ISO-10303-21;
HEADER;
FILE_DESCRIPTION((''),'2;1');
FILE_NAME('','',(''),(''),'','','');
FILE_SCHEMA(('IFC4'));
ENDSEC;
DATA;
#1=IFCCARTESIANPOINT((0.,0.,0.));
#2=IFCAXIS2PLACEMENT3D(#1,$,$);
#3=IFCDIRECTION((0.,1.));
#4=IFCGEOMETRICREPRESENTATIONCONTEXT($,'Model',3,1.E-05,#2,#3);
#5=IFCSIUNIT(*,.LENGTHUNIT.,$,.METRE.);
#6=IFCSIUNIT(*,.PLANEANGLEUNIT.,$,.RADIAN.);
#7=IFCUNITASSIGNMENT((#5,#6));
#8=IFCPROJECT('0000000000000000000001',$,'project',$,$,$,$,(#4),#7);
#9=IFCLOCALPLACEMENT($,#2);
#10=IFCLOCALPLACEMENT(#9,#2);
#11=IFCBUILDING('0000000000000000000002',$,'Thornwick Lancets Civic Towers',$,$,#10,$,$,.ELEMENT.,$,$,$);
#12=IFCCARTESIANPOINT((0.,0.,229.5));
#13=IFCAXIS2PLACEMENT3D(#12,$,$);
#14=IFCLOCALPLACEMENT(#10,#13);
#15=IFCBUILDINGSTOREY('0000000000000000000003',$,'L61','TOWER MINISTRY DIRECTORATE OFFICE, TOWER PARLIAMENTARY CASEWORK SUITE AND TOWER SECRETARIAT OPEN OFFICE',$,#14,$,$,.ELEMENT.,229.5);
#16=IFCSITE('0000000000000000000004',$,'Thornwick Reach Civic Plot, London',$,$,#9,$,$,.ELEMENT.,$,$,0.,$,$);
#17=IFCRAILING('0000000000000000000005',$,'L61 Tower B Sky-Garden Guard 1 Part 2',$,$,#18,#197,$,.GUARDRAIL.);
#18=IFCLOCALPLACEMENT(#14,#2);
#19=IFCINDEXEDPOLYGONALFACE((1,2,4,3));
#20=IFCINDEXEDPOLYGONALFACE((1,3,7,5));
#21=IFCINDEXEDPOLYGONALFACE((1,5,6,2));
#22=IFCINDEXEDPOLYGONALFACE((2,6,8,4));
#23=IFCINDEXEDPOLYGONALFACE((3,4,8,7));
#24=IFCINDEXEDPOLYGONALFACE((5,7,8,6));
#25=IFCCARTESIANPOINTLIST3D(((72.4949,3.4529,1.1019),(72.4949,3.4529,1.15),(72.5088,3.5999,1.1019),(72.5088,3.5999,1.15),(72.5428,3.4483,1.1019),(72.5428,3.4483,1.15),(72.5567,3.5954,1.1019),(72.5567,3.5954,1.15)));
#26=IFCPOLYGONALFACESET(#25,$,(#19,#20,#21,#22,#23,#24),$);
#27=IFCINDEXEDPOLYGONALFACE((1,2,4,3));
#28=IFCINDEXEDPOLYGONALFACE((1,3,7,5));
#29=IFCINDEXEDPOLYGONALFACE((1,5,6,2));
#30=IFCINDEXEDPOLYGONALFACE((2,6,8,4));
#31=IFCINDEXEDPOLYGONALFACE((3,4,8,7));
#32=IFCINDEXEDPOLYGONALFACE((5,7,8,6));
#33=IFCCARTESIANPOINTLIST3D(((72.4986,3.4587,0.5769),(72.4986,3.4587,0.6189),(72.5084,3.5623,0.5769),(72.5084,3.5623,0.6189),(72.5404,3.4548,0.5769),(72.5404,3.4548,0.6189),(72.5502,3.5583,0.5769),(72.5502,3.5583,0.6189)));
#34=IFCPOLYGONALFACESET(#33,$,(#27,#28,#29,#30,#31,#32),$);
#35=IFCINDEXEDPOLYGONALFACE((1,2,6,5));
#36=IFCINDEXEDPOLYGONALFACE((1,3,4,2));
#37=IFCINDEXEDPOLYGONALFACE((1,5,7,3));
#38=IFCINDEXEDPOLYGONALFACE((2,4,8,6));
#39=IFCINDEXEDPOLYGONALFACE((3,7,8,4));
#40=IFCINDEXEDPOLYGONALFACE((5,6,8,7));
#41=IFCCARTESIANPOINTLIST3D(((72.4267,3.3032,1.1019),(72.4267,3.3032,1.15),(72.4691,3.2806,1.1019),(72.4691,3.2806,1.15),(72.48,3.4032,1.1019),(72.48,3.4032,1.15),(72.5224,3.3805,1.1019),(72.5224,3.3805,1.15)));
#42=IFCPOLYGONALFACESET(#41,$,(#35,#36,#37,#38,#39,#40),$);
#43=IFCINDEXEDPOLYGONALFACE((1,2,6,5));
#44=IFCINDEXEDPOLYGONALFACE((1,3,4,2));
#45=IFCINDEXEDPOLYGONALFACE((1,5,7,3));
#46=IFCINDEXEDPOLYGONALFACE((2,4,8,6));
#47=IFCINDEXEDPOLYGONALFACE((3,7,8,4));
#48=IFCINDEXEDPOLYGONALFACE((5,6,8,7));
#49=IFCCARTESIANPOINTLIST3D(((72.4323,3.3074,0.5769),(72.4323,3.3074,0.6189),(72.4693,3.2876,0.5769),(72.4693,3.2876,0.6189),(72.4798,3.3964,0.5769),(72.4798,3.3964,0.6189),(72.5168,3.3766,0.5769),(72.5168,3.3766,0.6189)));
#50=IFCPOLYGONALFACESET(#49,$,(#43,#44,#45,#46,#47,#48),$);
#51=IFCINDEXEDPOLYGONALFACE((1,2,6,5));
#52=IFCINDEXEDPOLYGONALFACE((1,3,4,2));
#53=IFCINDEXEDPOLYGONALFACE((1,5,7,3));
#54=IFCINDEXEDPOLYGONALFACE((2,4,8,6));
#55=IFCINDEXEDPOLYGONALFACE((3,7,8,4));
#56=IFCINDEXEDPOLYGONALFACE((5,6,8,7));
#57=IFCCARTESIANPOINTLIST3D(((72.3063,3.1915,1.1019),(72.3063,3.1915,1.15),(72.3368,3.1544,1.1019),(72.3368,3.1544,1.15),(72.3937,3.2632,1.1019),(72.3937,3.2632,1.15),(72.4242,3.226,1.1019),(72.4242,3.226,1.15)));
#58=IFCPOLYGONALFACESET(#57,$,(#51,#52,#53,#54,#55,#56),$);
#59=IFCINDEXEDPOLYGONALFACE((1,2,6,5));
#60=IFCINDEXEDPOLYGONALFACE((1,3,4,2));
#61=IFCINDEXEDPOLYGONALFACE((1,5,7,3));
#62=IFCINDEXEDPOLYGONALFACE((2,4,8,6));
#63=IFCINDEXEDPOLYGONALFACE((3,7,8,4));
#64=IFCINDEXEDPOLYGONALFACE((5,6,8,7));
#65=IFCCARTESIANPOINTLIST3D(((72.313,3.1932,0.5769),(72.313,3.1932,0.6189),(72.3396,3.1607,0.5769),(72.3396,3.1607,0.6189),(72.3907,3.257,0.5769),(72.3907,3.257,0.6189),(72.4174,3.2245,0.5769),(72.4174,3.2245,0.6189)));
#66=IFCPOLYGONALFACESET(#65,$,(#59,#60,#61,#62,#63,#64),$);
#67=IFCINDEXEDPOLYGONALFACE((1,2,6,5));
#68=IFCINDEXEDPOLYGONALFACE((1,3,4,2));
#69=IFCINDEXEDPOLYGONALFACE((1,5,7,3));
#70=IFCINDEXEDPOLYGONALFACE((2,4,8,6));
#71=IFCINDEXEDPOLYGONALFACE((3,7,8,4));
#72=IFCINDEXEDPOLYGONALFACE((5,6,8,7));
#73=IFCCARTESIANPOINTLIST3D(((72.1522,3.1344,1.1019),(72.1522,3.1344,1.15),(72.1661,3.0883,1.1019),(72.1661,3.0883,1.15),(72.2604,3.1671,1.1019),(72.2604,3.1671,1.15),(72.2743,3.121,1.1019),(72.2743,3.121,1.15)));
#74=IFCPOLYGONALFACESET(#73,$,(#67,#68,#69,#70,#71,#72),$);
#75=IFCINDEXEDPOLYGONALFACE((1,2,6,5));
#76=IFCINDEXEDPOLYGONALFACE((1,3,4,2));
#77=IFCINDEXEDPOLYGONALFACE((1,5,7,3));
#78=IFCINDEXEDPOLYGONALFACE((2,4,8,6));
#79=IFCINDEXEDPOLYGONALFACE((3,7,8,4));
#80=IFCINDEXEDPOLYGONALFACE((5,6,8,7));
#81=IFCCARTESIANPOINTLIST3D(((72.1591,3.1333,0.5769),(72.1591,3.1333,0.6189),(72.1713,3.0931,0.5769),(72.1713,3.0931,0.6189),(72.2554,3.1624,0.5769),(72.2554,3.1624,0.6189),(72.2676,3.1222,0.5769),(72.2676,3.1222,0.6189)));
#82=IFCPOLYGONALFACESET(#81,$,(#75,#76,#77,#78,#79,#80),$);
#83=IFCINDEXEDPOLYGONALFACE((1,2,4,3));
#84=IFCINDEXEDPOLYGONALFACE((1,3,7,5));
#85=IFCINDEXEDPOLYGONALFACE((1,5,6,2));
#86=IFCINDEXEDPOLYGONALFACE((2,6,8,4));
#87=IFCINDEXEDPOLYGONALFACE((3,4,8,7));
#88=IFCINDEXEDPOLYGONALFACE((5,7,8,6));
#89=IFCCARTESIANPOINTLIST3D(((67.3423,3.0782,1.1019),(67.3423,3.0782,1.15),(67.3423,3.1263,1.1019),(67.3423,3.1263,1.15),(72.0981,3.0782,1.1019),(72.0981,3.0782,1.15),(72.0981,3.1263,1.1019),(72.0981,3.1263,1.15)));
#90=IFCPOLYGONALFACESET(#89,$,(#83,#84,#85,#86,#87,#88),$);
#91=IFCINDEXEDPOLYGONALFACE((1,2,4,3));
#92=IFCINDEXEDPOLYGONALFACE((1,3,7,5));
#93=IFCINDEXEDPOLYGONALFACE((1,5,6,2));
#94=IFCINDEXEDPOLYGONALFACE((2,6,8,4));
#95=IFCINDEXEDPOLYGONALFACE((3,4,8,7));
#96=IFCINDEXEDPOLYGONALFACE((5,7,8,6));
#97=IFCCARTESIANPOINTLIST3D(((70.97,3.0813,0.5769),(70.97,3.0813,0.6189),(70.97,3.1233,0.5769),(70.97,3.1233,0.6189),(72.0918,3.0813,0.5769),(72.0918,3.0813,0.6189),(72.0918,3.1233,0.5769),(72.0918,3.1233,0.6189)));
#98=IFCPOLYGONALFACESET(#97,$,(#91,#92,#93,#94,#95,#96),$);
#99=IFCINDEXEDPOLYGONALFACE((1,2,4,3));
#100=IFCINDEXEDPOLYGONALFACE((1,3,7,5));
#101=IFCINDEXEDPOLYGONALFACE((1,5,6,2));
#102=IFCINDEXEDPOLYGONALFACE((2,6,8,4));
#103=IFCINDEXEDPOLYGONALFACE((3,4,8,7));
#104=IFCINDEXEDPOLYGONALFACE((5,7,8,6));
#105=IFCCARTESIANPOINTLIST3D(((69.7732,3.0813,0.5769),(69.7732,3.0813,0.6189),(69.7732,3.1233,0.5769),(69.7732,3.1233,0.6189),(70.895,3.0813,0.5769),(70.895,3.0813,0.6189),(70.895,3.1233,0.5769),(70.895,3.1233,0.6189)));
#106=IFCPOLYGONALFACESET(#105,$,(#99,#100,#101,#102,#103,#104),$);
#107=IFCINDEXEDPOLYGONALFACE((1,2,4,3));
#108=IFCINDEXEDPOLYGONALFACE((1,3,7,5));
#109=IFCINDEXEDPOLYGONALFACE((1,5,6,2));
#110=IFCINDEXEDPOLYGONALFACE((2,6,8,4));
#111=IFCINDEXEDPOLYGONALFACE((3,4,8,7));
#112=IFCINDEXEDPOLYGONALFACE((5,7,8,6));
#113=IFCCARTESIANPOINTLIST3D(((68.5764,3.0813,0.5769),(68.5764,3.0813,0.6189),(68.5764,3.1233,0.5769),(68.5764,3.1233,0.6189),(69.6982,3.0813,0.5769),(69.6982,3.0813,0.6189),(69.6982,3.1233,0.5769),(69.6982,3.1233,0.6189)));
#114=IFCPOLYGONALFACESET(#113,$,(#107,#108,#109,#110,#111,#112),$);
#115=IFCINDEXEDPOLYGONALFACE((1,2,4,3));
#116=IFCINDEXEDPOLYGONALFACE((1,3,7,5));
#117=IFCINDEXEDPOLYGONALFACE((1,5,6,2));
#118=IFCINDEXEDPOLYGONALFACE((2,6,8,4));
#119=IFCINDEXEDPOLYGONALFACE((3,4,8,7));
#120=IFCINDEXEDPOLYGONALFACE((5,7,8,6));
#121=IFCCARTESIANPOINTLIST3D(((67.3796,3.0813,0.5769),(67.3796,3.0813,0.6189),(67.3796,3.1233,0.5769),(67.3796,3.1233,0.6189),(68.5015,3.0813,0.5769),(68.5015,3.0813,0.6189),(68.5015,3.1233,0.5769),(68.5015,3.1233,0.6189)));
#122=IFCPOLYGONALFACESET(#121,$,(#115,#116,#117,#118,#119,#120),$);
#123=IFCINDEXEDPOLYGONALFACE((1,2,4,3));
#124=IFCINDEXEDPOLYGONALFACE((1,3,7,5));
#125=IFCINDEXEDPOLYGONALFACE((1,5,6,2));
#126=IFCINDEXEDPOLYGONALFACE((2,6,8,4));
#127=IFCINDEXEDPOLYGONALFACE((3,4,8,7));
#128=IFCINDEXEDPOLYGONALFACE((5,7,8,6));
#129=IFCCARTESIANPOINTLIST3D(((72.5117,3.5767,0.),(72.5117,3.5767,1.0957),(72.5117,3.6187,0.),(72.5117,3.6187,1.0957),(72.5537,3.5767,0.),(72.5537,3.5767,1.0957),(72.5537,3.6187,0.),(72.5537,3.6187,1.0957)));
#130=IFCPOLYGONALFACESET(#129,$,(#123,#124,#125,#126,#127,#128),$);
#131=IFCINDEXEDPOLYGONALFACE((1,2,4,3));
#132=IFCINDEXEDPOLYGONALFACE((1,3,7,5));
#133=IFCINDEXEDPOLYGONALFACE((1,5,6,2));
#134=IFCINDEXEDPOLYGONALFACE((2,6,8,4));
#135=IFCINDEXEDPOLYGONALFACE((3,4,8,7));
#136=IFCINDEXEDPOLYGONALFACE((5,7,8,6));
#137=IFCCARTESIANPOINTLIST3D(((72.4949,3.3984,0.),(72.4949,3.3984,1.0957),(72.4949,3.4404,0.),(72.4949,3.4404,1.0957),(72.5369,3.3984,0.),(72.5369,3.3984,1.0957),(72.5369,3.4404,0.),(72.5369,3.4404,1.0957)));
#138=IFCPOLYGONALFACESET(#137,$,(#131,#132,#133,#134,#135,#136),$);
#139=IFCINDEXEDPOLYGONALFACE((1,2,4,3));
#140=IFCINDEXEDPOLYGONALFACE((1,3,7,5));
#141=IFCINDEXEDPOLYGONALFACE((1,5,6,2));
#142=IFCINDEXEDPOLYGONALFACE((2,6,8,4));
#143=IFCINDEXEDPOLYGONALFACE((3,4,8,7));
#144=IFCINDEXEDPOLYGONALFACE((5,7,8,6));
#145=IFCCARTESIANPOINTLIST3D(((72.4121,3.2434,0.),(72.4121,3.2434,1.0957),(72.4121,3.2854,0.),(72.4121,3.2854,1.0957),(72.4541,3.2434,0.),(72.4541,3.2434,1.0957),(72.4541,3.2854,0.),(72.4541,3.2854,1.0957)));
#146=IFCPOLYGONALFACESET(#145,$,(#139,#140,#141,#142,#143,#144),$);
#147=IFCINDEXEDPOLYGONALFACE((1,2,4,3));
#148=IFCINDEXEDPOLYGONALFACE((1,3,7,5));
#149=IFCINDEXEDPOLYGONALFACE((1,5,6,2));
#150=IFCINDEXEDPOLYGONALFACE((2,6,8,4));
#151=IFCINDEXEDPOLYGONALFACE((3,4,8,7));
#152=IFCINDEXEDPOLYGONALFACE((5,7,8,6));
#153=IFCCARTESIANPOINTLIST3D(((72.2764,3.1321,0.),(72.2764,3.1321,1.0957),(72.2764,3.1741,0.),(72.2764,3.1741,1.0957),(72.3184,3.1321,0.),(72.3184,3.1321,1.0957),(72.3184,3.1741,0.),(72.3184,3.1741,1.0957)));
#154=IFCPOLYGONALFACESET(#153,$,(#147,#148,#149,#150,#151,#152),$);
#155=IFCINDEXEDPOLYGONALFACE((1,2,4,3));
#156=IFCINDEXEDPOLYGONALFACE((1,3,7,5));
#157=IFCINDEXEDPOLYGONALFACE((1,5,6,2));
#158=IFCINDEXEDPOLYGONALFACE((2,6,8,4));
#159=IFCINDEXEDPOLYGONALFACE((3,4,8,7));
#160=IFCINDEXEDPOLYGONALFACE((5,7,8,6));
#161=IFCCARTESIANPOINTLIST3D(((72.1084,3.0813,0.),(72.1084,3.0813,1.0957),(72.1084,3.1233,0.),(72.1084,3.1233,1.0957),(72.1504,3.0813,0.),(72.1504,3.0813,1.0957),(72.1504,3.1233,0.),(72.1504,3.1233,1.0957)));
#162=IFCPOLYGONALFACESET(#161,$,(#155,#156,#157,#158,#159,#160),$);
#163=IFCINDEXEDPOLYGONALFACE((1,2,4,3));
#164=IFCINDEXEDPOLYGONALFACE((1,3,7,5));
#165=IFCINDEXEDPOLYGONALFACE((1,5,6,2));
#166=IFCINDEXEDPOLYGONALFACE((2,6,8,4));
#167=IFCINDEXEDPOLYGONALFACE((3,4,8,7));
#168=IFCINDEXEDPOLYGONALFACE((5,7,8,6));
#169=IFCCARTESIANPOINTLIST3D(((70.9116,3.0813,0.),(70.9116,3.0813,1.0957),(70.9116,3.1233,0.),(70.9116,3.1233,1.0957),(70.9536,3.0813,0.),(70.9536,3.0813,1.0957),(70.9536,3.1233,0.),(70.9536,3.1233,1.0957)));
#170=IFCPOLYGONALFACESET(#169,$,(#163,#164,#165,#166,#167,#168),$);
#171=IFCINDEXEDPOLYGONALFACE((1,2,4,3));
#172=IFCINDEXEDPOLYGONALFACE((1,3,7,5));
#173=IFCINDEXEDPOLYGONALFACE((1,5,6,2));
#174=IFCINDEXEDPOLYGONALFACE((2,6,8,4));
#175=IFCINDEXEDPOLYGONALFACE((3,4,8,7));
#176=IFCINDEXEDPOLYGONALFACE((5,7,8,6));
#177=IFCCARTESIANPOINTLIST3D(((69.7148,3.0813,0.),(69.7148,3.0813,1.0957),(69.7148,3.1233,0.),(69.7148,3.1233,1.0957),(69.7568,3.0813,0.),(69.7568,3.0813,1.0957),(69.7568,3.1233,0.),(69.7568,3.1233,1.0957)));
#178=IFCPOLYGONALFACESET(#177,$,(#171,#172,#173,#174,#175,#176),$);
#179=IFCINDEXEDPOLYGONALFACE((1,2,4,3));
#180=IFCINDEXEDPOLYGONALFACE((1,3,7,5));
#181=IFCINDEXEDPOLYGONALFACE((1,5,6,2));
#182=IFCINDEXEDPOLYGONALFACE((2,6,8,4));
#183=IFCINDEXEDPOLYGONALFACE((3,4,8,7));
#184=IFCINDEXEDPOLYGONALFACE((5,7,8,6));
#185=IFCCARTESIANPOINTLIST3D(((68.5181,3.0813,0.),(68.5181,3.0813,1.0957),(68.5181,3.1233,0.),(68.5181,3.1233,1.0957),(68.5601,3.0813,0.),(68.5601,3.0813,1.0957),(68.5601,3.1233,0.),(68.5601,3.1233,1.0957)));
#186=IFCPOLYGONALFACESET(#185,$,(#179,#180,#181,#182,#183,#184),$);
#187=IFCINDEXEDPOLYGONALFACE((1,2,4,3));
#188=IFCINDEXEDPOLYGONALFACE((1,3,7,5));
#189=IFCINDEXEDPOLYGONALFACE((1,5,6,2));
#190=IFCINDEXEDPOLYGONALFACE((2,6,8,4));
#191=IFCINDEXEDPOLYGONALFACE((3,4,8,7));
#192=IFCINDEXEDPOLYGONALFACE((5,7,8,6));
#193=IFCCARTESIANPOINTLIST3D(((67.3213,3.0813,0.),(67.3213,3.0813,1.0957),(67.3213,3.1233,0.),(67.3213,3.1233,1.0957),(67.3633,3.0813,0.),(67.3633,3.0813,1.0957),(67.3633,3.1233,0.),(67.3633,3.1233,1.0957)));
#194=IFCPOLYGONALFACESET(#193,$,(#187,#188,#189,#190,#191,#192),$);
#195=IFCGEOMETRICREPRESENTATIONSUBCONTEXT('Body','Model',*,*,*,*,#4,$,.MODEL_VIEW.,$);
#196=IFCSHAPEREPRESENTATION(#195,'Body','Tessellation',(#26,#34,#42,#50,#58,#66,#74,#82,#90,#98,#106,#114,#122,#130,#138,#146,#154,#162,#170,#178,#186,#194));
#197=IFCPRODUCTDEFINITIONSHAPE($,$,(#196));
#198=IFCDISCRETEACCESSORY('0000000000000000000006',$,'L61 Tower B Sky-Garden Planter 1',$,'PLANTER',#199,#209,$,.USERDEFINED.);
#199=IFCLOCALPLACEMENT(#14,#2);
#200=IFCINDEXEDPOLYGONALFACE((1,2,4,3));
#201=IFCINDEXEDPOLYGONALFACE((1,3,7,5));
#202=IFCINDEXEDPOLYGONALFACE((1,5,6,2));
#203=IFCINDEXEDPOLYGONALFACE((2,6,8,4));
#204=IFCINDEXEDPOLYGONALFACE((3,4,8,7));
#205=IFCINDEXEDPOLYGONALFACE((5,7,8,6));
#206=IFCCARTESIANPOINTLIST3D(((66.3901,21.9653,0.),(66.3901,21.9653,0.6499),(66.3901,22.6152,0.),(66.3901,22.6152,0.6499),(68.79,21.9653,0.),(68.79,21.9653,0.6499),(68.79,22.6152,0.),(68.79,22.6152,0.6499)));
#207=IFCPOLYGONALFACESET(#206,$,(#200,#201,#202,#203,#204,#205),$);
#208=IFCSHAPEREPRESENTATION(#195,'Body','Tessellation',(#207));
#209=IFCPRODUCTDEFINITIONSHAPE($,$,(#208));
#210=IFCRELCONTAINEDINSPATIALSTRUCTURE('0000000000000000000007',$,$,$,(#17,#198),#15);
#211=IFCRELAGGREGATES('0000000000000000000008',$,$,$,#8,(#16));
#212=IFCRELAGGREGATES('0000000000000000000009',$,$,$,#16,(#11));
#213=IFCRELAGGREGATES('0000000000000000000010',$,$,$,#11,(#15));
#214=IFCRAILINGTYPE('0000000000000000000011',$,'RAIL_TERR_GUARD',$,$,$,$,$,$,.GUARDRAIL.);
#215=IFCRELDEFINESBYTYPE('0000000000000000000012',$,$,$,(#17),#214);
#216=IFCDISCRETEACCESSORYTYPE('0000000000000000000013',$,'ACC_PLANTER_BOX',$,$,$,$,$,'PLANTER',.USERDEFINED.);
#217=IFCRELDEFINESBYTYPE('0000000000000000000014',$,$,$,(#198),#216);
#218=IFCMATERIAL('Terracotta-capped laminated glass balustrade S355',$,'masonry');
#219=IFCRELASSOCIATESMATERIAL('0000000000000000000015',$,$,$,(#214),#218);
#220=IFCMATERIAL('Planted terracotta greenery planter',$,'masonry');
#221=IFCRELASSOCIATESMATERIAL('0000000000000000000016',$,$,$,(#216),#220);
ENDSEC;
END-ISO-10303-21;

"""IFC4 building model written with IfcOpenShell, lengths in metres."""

from ifc_helpers import new_model, si_unit, direction, frame, origin, origin_2d, place, context, subcontext, project, spatial, rectangle, extrude, material, type_object, element, save


model = new_model("IFC4")

# Units and contexts
model_context = context("Model", 3, precision=1e-05, world=origin(), true_north=direction((0.0, 1.0)))
body_context = subcontext(model_context, "Body", "Model", "MODEL_VIEW")
ifc_project = project(units=[si_unit("LENGTHUNIT", "METRE"), si_unit("PLANEANGLEUNIT", "RADIAN")], contexts=[model_context])

# Site, building, storey
site_placement = place(None, origin())
site = spatial("IfcSite", under=ifc_project, at=site_placement, Name="Thornwick Reach Civic Plot, London", CompositionType="ELEMENT", RefElevation=0.0)
building_placement = place(site_placement, origin())
building = spatial("IfcBuilding", under=site, at=building_placement, Name="Thornwick Lancets Civic Towers", CompositionType="ELEMENT")
storey_placement = place(building_placement, frame((0.0, 0.0, 229.5)))
storey = spatial("IfcBuildingStorey", under=building, at=storey_placement, Name="L61", Description="TOWER MINISTRY DIRECTORATE OFFICE, TOWER PARLIAMENTARY CASEWORK SUITE AND TOWER SECRETARIAT OPEN OFFICE", CompositionType="ELEMENT", Elevation=229.5)

# Railing
ifc_material_1 = material(Name="Terracotta-capped laminated glass balustrade S355", Category="masonry")
railing_type = type_object("IfcRailingType", Name="RAIL_TERR_GUARD", PredefinedType="GUARDRAIL", material=ifc_material_1)
railing_1_placement = place(storey_placement, frame((72.5327, 3.5977, 0.0)))
element("IfcRailing", 1, at=railing_1_placement, inside=storey, type_object=railing_type, Name="L61 Tower B Sky-Garden Guard 1 Part 2", PredefinedType="GUARDRAIL", context=body_context, shape_type="SweptSolid", body=[
    extrude(rectangle(XDim=0.0481, YDim=0.0481, at=origin_2d()), frame((0.0, 0.0, 1.126), z_axis=(-0.094101, -0.995563, 0.0), x_axis=(0.995563, -0.094101, 0.0)), (0.0, 0.0, 1.0), 0.1477),
    extrude(rectangle(XDim=0.042, YDim=0.042, at=origin_2d()), frame((-0.0034, -0.0374, 0.5979), z_axis=(-0.094101, -0.995563, 0.0), x_axis=(0.995563, -0.094101, 0.0)), (0.0, 0.0, 1.0), 0.104),
    extrude(rectangle(XDim=0.0481, YDim=0.0481, at=origin_2d()), frame((-0.0315, -0.2058, 1.126), z_axis=(-0.470949, -0.882161, 0.0), x_axis=(0.882161, -0.470949, 0.0)), (0.0, 0.0, 1.0), 0.1133),
    extrude(rectangle(XDim=0.042, YDim=0.042, at=origin_2d()), frame((-0.0344, -0.2112, 0.5979), z_axis=(-0.470949, -0.882161, 0.0), x_axis=(0.882161, -0.470949, 0.0)), (0.0, 0.0, 1.0), 0.1008),
    extrude(rectangle(XDim=0.0481, YDim=0.0481, at=origin_2d()), frame((-0.1238, -0.353, 1.126), z_axis=(-0.773213, -0.634146, 0.0), x_axis=(0.634146, -0.773213, 0.0)), (0.0, 0.0, 1.0), 0.113),
    extrude(rectangle(XDim=0.042, YDim=0.042, at=origin_2d()), frame((-0.1287, -0.3569, 0.5979), z_axis=(-0.773213, -0.634146, 0.0), x_axis=(0.634146, -0.773213, 0.0)), (0.0, 0.0, 1.0), 0.1006),
    extrude(rectangle(XDim=0.0481, YDim=0.0481, at=origin_2d()), frame((-0.2654, -0.4536, 1.126), z_axis=(-0.957211, -0.28939, 0.0), x_axis=(0.28939, -0.957211, 0.0)), (0.0, 0.0, 1.0), 0.113),
    extrude(rectangle(XDim=0.042, YDim=0.042, at=origin_2d()), frame((-0.2712, -0.4553, 0.5979), z_axis=(-0.957211, -0.28939, 0.0), x_axis=(0.28939, -0.957211, 0.0)), (0.0, 0.0, 1.0), 0.1006),
    extrude(rectangle(XDim=0.0481, YDim=0.0481, at=origin_2d()), frame((-0.4346, -0.4954, 1.126), z_axis=(-1.0, 0.0, 0.0), x_axis=(0.0, -1.0, 0.0)), (0.0, 0.0, 1.0), 4.7559),
    extrude(rectangle(XDim=0.042, YDim=0.042, at=origin_2d()), frame((-0.4409, -0.4954, 0.5979), z_axis=(-1.0, 0.0, 0.0), x_axis=(0.0, -1.0, 0.0)), (0.0, 0.0, 1.0), 1.1218),
    extrude(rectangle(XDim=0.042, YDim=0.042, at=origin_2d()), frame((-1.6377, -0.4954, 0.5979), z_axis=(-1.0, 0.0, 0.0), x_axis=(0.0, -1.0, 0.0)), (0.0, 0.0, 1.0), 1.1218),
    extrude(rectangle(XDim=0.042, YDim=0.042, at=origin_2d()), frame((-2.8345, -0.4954, 0.5979), z_axis=(-1.0, 0.0, 0.0), x_axis=(0.0, -1.0, 0.0)), (0.0, 0.0, 1.0), 1.1218),
    extrude(rectangle(XDim=0.042, YDim=0.042, at=origin_2d()), frame((-4.0312, -0.4954, 0.5979), z_axis=(-1.0, 0.0, 0.0), x_axis=(0.0, -1.0, 0.0)), (0.0, 0.0, 1.0), 1.1218),
    extrude(rectangle(XDim=0.042, YDim=0.042, at=origin_2d()), origin(), (0.0, 0.0, 1.0), 1.0957),
    extrude(rectangle(XDim=0.042, YDim=0.042, at=origin_2d()), frame((-0.0168, -0.1782, 0.0)), (0.0, 0.0, 1.0), 1.0957),
    extrude(rectangle(XDim=0.042, YDim=0.042, at=origin_2d()), frame((-0.0996, -0.3333, 0.0)), (0.0, 0.0, 1.0), 1.0957),
    extrude(rectangle(XDim=0.042, YDim=0.042, at=origin_2d()), frame((-0.2354, -0.4446, 0.0)), (0.0, 0.0, 1.0), 1.0957),
    extrude(rectangle(XDim=0.042, YDim=0.042, at=origin_2d()), frame((-0.4033, -0.4954, 0.0)), (0.0, 0.0, 1.0), 1.0957),
    extrude(rectangle(XDim=0.042, YDim=0.042, at=origin_2d()), frame((-1.6001, -0.4954, 0.0)), (0.0, 0.0, 1.0), 1.0957),
    extrude(rectangle(XDim=0.042, YDim=0.042, at=origin_2d()), frame((-2.7969, -0.4954, 0.0)), (0.0, 0.0, 1.0), 1.0957),
    extrude(rectangle(XDim=0.042, YDim=0.042, at=origin_2d()), frame((-3.9937, -0.4954, 0.0)), (0.0, 0.0, 1.0), 1.0957),
    extrude(rectangle(XDim=0.042, YDim=0.042, at=origin_2d()), frame((-5.1904, -0.4954, 0.0)), (0.0, 0.0, 1.0), 1.0957),
])

# Discrete accessory
ifc_material_2 = material(Name="Planted terracotta greenery planter", Category="masonry")
discrete_accessory_type = type_object("IfcDiscreteAccessoryType", Name="ACC_PLANTER_BOX", ElementType="PLANTER", PredefinedType="USERDEFINED", material=ifc_material_2)
discrete_accessory_placement = place(storey_placement, frame((67.5901, 22.2903, 0.0), z_axis=(0.0, 0.0, 1.0), x_axis=(1.0, 0.0, 0.0)))
element("IfcDiscreteAccessory", 2, at=discrete_accessory_placement, inside=storey, type_object=discrete_accessory_type, Name="L61 Tower B Sky-Garden Planter 1", ObjectType="PLANTER", PredefinedType="USERDEFINED", context=body_context, shape_type="SweptSolid", body=[
    extrude(rectangle(XDim=2.3999, YDim=0.6499, at=origin_2d()), origin(), (0.0, 0.0, 1.0), 0.6499),
])

save(model, "model.ifc")
